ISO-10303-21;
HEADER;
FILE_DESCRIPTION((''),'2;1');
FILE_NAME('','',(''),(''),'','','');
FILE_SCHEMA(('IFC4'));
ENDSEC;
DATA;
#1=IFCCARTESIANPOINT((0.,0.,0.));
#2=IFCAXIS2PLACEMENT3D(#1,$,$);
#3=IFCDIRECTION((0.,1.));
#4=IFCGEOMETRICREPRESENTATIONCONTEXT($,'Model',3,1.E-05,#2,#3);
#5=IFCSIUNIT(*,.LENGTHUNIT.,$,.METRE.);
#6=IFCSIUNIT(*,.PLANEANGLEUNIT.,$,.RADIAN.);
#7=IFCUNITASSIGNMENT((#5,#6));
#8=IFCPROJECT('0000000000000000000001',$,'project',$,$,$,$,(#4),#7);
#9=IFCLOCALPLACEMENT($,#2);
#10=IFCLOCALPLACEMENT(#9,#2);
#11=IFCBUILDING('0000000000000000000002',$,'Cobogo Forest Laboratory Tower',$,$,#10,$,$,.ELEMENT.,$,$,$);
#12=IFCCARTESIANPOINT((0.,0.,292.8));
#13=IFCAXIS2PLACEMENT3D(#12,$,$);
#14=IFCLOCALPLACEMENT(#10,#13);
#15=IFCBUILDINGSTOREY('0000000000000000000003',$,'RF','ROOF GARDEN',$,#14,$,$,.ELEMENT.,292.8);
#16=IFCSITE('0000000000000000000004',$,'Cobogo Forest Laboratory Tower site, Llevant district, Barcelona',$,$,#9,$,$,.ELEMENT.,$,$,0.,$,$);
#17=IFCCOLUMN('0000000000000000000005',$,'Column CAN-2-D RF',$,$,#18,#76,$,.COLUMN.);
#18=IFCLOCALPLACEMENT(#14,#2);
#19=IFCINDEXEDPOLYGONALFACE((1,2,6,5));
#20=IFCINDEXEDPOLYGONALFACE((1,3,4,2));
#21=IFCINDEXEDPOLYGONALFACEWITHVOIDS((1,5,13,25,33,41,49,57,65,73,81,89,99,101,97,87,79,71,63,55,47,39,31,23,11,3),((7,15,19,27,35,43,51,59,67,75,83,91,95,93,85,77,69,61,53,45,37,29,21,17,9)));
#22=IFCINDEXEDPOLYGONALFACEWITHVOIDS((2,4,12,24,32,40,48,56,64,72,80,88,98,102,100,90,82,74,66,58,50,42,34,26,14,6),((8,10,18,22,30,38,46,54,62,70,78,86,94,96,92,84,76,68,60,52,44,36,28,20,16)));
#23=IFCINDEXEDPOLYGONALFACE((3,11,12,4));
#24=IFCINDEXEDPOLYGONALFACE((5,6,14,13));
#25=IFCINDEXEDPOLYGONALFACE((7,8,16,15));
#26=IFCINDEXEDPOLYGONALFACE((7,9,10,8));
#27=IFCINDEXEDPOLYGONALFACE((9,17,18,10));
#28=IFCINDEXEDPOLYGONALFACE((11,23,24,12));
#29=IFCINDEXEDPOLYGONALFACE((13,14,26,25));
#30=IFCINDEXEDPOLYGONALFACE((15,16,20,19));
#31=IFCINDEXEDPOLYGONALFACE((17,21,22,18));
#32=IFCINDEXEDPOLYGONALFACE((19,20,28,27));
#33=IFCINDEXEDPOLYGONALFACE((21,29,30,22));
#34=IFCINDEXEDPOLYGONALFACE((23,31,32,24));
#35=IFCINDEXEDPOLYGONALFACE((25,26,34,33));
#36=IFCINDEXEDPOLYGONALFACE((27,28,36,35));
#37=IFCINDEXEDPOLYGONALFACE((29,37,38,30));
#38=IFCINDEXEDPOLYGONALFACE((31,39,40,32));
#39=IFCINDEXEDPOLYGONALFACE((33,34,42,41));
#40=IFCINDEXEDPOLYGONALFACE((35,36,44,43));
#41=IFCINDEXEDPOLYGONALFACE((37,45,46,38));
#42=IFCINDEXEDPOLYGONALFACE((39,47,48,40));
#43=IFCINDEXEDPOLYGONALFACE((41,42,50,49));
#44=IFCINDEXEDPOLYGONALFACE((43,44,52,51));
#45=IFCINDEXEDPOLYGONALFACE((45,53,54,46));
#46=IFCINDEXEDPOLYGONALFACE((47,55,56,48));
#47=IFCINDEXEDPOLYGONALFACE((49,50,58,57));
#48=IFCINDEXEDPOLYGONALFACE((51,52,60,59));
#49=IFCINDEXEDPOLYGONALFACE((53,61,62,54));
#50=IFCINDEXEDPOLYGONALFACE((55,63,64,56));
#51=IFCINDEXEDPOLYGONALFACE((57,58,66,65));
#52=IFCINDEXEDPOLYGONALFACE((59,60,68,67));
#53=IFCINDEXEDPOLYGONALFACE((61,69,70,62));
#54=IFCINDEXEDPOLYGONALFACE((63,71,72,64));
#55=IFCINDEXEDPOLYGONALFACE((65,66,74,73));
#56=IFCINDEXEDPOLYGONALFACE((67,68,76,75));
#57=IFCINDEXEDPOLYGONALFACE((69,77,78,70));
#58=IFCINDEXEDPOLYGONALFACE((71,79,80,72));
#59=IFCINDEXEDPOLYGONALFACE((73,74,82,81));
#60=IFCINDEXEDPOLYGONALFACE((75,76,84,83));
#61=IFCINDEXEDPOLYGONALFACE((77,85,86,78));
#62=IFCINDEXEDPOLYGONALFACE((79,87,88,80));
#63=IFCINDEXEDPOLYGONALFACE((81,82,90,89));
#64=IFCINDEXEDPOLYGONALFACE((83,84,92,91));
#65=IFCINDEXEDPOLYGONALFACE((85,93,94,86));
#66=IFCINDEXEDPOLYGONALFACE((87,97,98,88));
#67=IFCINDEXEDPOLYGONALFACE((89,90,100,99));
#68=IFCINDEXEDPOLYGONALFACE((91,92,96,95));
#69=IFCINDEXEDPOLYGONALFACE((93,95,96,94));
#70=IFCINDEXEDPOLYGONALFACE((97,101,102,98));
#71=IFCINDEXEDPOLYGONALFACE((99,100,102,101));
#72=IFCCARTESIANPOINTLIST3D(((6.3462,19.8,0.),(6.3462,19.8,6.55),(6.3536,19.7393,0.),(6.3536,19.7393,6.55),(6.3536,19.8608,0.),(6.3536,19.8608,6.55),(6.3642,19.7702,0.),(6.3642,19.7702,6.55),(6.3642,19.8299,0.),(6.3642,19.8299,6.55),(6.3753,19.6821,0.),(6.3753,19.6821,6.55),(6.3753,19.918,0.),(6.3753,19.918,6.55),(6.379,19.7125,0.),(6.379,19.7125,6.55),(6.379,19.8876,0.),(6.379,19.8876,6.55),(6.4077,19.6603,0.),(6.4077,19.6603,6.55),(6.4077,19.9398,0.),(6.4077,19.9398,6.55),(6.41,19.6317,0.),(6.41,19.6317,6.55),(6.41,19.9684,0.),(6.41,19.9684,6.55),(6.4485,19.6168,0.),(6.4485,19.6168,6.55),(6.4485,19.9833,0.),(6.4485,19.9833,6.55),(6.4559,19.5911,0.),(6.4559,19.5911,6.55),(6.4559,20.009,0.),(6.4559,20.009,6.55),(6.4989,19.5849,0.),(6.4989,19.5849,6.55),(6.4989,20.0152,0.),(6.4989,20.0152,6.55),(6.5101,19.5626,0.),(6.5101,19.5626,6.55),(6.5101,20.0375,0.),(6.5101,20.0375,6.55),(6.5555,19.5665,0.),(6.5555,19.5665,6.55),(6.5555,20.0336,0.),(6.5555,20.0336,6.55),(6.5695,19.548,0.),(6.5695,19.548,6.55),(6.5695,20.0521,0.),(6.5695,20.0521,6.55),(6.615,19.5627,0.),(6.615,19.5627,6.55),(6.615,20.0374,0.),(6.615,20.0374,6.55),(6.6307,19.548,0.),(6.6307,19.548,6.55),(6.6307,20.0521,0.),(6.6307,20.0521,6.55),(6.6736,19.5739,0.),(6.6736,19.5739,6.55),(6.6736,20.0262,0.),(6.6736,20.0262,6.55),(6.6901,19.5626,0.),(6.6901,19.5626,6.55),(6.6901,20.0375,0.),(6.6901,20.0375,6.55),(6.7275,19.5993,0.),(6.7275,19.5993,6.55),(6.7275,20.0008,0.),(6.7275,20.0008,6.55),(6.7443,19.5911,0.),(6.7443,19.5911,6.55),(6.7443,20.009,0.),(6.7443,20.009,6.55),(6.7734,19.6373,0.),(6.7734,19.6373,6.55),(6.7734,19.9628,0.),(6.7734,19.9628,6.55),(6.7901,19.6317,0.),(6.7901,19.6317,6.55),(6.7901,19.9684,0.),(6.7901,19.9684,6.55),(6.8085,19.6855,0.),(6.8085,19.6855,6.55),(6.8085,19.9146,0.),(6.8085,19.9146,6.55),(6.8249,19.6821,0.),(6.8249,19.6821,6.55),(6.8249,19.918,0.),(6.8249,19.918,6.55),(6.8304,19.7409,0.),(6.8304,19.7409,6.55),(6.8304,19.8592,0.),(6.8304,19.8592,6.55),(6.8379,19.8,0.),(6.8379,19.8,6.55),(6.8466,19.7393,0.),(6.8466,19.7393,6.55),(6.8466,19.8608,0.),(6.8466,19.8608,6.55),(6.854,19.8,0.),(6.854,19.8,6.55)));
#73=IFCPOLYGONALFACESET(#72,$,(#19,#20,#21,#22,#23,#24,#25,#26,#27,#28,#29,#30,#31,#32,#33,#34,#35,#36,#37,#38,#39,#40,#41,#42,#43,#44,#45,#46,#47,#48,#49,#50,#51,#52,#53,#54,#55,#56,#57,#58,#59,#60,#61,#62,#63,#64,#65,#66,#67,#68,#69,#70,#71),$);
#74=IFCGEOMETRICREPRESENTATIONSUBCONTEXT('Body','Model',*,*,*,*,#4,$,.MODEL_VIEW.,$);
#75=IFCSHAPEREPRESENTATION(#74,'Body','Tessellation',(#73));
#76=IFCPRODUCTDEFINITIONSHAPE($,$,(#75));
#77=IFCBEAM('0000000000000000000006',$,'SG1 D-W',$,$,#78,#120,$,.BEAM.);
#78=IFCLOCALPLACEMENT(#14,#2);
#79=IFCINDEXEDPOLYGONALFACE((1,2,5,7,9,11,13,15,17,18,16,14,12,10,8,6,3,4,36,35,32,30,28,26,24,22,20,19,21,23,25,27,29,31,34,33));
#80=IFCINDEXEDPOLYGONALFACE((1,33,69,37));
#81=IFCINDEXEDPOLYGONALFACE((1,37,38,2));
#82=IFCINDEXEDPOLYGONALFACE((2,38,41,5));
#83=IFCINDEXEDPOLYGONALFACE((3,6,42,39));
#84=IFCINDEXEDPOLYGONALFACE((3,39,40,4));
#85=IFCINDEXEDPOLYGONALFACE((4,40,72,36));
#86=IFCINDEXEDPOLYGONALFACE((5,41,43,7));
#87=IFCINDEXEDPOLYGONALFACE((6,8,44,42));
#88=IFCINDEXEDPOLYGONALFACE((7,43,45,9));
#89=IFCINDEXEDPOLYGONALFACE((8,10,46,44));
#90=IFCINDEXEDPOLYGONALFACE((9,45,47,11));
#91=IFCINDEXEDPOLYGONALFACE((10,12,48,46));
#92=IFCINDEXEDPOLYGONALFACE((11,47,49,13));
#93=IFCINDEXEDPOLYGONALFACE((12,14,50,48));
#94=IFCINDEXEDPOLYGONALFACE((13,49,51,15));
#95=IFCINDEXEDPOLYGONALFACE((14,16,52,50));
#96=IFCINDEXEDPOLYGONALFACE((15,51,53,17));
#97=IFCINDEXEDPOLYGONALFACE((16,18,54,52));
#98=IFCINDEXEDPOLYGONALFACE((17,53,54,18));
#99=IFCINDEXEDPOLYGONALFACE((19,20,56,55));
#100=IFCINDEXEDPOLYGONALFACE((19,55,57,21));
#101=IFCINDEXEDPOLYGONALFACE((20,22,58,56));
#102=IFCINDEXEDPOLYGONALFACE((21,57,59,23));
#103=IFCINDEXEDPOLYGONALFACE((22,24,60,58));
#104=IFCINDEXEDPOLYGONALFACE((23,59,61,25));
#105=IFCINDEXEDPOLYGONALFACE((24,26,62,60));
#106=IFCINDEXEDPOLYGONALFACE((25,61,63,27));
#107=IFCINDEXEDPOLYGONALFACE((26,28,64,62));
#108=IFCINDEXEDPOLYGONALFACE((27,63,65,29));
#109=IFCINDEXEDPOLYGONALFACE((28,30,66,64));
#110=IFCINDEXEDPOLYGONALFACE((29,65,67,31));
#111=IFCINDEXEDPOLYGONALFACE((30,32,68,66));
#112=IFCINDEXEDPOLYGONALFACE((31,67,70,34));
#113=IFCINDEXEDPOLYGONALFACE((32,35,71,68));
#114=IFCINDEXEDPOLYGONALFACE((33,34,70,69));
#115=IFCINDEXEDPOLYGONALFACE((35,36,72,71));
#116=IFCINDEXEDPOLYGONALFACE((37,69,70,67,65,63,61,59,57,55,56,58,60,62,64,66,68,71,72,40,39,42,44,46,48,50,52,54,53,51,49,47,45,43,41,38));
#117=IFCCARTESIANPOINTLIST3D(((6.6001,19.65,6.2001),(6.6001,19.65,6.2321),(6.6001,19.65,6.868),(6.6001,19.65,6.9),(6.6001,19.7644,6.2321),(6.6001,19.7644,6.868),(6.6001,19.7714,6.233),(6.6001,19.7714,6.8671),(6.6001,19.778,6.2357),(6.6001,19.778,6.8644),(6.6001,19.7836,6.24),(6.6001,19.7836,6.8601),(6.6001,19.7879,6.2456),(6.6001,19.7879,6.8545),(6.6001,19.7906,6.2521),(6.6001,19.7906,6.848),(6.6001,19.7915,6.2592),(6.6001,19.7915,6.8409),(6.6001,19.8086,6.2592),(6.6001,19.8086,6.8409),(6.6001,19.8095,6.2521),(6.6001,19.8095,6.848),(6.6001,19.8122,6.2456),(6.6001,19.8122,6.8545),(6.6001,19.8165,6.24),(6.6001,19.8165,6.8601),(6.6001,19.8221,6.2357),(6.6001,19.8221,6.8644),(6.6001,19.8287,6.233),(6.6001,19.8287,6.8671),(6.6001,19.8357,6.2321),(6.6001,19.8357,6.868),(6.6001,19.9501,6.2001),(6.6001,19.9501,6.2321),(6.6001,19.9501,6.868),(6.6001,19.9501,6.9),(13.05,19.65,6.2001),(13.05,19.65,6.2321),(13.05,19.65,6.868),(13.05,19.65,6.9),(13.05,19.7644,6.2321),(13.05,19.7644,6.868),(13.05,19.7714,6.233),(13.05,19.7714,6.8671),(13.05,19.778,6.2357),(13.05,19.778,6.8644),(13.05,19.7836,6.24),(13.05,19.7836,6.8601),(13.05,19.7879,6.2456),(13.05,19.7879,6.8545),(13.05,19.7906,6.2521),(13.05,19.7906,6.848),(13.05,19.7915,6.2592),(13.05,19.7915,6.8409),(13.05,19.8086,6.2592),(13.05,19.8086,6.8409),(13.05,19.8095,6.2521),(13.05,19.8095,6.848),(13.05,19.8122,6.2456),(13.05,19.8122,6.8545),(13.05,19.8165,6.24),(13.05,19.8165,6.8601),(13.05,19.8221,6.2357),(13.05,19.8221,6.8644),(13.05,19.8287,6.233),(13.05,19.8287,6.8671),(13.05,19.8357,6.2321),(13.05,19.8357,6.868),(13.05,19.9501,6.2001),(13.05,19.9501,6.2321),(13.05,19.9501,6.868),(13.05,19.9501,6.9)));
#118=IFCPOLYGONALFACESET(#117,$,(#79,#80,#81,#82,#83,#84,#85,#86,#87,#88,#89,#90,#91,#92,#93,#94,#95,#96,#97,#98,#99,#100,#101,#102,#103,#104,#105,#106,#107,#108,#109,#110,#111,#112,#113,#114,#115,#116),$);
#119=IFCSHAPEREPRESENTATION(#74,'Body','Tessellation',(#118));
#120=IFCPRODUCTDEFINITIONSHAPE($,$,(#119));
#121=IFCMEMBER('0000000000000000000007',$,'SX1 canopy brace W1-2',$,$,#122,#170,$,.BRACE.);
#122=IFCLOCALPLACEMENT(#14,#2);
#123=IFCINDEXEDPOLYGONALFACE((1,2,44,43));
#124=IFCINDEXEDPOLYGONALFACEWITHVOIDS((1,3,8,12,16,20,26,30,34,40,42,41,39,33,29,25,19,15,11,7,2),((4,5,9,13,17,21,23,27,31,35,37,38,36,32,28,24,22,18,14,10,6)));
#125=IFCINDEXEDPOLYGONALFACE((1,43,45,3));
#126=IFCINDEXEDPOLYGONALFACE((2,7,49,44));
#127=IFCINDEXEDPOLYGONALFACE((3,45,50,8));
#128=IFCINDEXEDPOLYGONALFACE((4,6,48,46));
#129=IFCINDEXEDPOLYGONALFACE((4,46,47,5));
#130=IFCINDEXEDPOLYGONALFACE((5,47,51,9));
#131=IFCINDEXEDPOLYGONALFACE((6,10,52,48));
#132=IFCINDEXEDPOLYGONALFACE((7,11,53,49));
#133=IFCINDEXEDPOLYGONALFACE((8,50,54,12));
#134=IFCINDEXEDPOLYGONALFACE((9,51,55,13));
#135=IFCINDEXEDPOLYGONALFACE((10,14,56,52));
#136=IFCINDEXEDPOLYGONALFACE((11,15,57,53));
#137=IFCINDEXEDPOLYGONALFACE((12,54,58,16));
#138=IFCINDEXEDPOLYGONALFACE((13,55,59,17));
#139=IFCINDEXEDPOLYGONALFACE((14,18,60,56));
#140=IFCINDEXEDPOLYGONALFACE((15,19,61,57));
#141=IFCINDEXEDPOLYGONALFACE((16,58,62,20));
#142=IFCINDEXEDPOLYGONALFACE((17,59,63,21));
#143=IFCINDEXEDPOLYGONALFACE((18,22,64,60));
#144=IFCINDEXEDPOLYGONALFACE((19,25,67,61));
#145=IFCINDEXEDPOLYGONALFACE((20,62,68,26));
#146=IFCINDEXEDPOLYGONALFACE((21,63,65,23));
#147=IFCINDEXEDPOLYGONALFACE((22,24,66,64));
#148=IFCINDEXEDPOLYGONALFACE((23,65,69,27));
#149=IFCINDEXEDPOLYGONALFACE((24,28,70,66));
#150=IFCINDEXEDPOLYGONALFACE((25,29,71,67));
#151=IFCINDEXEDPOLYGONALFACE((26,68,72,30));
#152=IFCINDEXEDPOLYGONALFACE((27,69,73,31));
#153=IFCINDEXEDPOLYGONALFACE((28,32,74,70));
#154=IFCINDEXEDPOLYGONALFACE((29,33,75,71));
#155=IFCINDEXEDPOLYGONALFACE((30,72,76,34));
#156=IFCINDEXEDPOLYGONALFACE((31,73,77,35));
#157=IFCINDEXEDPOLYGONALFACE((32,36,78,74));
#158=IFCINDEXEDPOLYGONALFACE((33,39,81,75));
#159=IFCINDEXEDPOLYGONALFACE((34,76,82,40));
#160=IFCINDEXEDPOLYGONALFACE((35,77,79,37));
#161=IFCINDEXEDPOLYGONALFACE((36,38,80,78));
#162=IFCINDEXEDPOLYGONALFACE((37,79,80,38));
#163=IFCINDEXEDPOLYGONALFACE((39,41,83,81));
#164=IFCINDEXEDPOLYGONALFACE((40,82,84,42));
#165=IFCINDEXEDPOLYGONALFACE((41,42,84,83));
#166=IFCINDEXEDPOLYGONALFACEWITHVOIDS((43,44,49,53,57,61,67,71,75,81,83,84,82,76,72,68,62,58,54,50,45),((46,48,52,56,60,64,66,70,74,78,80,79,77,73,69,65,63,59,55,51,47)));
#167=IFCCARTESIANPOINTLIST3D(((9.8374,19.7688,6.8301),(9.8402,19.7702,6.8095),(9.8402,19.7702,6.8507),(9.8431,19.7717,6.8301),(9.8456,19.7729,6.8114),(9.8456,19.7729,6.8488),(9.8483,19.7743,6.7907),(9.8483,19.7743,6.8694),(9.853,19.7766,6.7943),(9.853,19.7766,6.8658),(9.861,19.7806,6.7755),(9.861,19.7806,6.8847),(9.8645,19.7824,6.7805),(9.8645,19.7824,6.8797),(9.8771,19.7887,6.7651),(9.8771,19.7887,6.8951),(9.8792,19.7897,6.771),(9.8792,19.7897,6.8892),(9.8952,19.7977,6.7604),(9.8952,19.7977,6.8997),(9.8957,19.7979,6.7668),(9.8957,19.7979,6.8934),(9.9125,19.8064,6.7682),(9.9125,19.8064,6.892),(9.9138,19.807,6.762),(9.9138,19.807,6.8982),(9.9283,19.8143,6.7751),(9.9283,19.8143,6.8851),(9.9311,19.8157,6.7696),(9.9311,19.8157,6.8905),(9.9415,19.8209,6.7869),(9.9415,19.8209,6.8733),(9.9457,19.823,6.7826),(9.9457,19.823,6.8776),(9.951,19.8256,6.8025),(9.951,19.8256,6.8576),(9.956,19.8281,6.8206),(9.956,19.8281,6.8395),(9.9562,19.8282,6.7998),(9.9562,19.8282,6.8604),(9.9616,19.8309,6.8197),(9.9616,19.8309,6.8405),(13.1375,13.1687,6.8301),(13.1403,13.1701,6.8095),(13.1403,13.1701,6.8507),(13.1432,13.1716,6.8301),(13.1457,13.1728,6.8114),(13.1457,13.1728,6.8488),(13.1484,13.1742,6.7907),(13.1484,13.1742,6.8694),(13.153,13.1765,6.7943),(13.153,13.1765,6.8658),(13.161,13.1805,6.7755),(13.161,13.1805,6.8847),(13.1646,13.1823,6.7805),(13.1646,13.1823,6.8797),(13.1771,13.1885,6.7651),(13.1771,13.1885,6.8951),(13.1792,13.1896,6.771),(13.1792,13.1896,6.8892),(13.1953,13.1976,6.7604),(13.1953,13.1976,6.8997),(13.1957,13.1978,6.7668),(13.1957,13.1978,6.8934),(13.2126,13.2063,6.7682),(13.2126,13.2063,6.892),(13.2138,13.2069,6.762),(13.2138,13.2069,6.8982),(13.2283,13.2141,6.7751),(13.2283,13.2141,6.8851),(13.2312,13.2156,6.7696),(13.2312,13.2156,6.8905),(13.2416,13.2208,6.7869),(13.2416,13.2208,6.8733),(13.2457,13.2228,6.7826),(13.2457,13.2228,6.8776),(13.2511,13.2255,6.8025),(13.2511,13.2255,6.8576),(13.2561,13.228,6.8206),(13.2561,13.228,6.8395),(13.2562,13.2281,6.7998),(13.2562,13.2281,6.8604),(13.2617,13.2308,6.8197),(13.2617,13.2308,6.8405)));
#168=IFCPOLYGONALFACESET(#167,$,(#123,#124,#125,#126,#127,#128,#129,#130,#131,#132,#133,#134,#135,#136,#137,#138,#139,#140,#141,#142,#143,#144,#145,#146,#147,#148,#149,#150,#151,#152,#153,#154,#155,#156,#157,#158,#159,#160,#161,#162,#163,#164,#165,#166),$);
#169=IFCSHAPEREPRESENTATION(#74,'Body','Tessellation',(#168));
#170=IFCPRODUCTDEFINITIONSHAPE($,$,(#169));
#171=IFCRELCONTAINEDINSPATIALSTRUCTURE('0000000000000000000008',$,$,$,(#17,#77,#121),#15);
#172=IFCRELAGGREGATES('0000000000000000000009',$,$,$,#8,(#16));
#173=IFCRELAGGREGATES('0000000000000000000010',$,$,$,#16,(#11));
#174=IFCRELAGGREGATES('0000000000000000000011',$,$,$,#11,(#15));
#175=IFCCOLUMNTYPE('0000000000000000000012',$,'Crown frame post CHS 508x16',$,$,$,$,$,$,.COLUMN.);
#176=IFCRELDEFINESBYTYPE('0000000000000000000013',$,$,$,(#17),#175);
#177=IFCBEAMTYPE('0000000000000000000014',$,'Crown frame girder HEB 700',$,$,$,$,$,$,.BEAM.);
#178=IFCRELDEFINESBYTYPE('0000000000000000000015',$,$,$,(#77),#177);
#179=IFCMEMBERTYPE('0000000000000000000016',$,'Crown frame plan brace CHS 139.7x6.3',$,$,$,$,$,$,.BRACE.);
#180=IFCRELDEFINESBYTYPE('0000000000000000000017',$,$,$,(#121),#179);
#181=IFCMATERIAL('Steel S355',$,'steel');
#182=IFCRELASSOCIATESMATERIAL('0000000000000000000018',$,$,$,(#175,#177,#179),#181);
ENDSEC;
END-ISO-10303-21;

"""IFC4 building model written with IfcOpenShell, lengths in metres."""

from ifc_helpers import new_model, si_unit, direction, frame, origin, origin_2d, place, context, subcontext, project, spatial, hollow_circle, i_section, extrude, material, material_profile, profile_set, type_object, element, save


model = new_model("IFC4")

# Units and contexts
model_context = context("Model", 3, precision=1e-05, world=origin(), true_north=direction((0.0, 1.0)))
body_context = subcontext(model_context, "Body", "Model", "MODEL_VIEW")
ifc_project = project(units=[si_unit("LENGTHUNIT", "METRE"), si_unit("PLANEANGLEUNIT", "RADIAN")], contexts=[model_context])

# Site, building, storey
site_placement = place(None, origin())
site = spatial("IfcSite", under=ifc_project, at=site_placement, Name="Cobogo Forest Laboratory Tower site, Llevant district, Barcelona", CompositionType="ELEMENT", RefElevation=0.0)
building_placement = place(site_placement, origin())
building = spatial("IfcBuilding", under=site, at=building_placement, Name="Cobogo Forest Laboratory Tower", CompositionType="ELEMENT")
storey_placement = place(building_placement, frame((0.0, 0.0, 292.8)))
storey = spatial("IfcBuildingStorey", under=building, at=storey_placement, Name="RF", Description="ROOF GARDEN", CompositionType="ELEMENT", Elevation=292.8)

# Column
ifc_material_1 = material(Name="Steel S355", Category="steel")
ifc_material_profile_1 = material_profile(ifc_material_1, hollow_circle(Radius=0.2539, WallThickness=0.0161, at=origin_2d()), Name="CHS 508x16")
ifc_profile_set_1 = profile_set([ifc_material_profile_1], Name="Steel S355")
column_type = type_object("IfcColumnType", Name="Crown frame post CHS 508x16", PredefinedType="COLUMN", material=ifc_profile_set_1)
column_placement = place(storey_placement, frame((6.6001, 19.8, 0.0), z_axis=(0.0, 0.0, 1.0), x_axis=(1.0, 0.0, 0.0)))
element("IfcColumn", 1, at=column_placement, inside=storey, type_object=column_type, Name="Column CAN-2-D RF", PredefinedType="COLUMN", context=body_context, shape_type="SweptSolid", body=[
    extrude(hollow_circle(Radius=0.2539, WallThickness=0.0161, at=origin_2d()), origin(), (0.0, 0.0, 1.0), 6.55),
])

# Beam
ifc_material_profile_2 = material_profile(ifc_material_1, i_section(OverallWidth=0.3, OverallDepth=0.7, WebThickness=0.0171, FlangeThickness=0.032, FilletRadius=0.0271, at=origin_2d()), Name="HEB 700")
ifc_profile_set_2 = profile_set([ifc_material_profile_2], Name="Steel S355")
beam_type_1 = type_object("IfcBeamType", Name="Crown frame girder HEB 700", PredefinedType="BEAM", material=ifc_profile_set_2)
beam_1_placement = place(storey_placement, frame((6.6001, 19.8, 6.55), z_axis=(1.0, 0.0, 0.0), x_axis=(0.0, 1.0, 0.0)))
element("IfcBeam", 2, at=beam_1_placement, inside=storey, type_object=beam_type_1, Name="SG1 D-W", PredefinedType="BEAM", context=body_context, shape_type="SweptSolid", body=[
    extrude(i_section(OverallWidth=0.3, OverallDepth=0.7, WebThickness=0.0171, FlangeThickness=0.032, FilletRadius=0.0271, at=origin_2d()), origin(), (0.0, 0.0, 1.0), 6.45),
])

# Member
ifc_material_profile_3 = material_profile(ifc_material_1, hollow_circle(Radius=0.0698, WallThickness=0.0063, at=origin_2d()), Name="CHS 139.7x6.3")
ifc_profile_set_3 = profile_set([ifc_material_profile_3], Name="Steel S355")
member_type = type_object("IfcMemberType", Name="Crown frame plan brace CHS 139.7x6.3", PredefinedType="BRACE", material=ifc_profile_set_3)
member_placement = place(storey_placement, frame((13.2, 13.2, 6.8301), z_axis=(-0.447214, 0.894427, 0.0), x_axis=(-0.894427, -0.447214, 0.0)))
element("IfcMember", 3, at=member_placement, inside=storey, type_object=member_type, Name="SX1 canopy brace W1-2", PredefinedType="BRACE", context=body_context, shape_type="SweptSolid", body=[
    extrude(hollow_circle(Radius=0.0698, WallThickness=0.0063, at=origin_2d()), origin(), (0.0, 0.0, 1.0), 7.3792),
])

save(model, "model.ifc")
